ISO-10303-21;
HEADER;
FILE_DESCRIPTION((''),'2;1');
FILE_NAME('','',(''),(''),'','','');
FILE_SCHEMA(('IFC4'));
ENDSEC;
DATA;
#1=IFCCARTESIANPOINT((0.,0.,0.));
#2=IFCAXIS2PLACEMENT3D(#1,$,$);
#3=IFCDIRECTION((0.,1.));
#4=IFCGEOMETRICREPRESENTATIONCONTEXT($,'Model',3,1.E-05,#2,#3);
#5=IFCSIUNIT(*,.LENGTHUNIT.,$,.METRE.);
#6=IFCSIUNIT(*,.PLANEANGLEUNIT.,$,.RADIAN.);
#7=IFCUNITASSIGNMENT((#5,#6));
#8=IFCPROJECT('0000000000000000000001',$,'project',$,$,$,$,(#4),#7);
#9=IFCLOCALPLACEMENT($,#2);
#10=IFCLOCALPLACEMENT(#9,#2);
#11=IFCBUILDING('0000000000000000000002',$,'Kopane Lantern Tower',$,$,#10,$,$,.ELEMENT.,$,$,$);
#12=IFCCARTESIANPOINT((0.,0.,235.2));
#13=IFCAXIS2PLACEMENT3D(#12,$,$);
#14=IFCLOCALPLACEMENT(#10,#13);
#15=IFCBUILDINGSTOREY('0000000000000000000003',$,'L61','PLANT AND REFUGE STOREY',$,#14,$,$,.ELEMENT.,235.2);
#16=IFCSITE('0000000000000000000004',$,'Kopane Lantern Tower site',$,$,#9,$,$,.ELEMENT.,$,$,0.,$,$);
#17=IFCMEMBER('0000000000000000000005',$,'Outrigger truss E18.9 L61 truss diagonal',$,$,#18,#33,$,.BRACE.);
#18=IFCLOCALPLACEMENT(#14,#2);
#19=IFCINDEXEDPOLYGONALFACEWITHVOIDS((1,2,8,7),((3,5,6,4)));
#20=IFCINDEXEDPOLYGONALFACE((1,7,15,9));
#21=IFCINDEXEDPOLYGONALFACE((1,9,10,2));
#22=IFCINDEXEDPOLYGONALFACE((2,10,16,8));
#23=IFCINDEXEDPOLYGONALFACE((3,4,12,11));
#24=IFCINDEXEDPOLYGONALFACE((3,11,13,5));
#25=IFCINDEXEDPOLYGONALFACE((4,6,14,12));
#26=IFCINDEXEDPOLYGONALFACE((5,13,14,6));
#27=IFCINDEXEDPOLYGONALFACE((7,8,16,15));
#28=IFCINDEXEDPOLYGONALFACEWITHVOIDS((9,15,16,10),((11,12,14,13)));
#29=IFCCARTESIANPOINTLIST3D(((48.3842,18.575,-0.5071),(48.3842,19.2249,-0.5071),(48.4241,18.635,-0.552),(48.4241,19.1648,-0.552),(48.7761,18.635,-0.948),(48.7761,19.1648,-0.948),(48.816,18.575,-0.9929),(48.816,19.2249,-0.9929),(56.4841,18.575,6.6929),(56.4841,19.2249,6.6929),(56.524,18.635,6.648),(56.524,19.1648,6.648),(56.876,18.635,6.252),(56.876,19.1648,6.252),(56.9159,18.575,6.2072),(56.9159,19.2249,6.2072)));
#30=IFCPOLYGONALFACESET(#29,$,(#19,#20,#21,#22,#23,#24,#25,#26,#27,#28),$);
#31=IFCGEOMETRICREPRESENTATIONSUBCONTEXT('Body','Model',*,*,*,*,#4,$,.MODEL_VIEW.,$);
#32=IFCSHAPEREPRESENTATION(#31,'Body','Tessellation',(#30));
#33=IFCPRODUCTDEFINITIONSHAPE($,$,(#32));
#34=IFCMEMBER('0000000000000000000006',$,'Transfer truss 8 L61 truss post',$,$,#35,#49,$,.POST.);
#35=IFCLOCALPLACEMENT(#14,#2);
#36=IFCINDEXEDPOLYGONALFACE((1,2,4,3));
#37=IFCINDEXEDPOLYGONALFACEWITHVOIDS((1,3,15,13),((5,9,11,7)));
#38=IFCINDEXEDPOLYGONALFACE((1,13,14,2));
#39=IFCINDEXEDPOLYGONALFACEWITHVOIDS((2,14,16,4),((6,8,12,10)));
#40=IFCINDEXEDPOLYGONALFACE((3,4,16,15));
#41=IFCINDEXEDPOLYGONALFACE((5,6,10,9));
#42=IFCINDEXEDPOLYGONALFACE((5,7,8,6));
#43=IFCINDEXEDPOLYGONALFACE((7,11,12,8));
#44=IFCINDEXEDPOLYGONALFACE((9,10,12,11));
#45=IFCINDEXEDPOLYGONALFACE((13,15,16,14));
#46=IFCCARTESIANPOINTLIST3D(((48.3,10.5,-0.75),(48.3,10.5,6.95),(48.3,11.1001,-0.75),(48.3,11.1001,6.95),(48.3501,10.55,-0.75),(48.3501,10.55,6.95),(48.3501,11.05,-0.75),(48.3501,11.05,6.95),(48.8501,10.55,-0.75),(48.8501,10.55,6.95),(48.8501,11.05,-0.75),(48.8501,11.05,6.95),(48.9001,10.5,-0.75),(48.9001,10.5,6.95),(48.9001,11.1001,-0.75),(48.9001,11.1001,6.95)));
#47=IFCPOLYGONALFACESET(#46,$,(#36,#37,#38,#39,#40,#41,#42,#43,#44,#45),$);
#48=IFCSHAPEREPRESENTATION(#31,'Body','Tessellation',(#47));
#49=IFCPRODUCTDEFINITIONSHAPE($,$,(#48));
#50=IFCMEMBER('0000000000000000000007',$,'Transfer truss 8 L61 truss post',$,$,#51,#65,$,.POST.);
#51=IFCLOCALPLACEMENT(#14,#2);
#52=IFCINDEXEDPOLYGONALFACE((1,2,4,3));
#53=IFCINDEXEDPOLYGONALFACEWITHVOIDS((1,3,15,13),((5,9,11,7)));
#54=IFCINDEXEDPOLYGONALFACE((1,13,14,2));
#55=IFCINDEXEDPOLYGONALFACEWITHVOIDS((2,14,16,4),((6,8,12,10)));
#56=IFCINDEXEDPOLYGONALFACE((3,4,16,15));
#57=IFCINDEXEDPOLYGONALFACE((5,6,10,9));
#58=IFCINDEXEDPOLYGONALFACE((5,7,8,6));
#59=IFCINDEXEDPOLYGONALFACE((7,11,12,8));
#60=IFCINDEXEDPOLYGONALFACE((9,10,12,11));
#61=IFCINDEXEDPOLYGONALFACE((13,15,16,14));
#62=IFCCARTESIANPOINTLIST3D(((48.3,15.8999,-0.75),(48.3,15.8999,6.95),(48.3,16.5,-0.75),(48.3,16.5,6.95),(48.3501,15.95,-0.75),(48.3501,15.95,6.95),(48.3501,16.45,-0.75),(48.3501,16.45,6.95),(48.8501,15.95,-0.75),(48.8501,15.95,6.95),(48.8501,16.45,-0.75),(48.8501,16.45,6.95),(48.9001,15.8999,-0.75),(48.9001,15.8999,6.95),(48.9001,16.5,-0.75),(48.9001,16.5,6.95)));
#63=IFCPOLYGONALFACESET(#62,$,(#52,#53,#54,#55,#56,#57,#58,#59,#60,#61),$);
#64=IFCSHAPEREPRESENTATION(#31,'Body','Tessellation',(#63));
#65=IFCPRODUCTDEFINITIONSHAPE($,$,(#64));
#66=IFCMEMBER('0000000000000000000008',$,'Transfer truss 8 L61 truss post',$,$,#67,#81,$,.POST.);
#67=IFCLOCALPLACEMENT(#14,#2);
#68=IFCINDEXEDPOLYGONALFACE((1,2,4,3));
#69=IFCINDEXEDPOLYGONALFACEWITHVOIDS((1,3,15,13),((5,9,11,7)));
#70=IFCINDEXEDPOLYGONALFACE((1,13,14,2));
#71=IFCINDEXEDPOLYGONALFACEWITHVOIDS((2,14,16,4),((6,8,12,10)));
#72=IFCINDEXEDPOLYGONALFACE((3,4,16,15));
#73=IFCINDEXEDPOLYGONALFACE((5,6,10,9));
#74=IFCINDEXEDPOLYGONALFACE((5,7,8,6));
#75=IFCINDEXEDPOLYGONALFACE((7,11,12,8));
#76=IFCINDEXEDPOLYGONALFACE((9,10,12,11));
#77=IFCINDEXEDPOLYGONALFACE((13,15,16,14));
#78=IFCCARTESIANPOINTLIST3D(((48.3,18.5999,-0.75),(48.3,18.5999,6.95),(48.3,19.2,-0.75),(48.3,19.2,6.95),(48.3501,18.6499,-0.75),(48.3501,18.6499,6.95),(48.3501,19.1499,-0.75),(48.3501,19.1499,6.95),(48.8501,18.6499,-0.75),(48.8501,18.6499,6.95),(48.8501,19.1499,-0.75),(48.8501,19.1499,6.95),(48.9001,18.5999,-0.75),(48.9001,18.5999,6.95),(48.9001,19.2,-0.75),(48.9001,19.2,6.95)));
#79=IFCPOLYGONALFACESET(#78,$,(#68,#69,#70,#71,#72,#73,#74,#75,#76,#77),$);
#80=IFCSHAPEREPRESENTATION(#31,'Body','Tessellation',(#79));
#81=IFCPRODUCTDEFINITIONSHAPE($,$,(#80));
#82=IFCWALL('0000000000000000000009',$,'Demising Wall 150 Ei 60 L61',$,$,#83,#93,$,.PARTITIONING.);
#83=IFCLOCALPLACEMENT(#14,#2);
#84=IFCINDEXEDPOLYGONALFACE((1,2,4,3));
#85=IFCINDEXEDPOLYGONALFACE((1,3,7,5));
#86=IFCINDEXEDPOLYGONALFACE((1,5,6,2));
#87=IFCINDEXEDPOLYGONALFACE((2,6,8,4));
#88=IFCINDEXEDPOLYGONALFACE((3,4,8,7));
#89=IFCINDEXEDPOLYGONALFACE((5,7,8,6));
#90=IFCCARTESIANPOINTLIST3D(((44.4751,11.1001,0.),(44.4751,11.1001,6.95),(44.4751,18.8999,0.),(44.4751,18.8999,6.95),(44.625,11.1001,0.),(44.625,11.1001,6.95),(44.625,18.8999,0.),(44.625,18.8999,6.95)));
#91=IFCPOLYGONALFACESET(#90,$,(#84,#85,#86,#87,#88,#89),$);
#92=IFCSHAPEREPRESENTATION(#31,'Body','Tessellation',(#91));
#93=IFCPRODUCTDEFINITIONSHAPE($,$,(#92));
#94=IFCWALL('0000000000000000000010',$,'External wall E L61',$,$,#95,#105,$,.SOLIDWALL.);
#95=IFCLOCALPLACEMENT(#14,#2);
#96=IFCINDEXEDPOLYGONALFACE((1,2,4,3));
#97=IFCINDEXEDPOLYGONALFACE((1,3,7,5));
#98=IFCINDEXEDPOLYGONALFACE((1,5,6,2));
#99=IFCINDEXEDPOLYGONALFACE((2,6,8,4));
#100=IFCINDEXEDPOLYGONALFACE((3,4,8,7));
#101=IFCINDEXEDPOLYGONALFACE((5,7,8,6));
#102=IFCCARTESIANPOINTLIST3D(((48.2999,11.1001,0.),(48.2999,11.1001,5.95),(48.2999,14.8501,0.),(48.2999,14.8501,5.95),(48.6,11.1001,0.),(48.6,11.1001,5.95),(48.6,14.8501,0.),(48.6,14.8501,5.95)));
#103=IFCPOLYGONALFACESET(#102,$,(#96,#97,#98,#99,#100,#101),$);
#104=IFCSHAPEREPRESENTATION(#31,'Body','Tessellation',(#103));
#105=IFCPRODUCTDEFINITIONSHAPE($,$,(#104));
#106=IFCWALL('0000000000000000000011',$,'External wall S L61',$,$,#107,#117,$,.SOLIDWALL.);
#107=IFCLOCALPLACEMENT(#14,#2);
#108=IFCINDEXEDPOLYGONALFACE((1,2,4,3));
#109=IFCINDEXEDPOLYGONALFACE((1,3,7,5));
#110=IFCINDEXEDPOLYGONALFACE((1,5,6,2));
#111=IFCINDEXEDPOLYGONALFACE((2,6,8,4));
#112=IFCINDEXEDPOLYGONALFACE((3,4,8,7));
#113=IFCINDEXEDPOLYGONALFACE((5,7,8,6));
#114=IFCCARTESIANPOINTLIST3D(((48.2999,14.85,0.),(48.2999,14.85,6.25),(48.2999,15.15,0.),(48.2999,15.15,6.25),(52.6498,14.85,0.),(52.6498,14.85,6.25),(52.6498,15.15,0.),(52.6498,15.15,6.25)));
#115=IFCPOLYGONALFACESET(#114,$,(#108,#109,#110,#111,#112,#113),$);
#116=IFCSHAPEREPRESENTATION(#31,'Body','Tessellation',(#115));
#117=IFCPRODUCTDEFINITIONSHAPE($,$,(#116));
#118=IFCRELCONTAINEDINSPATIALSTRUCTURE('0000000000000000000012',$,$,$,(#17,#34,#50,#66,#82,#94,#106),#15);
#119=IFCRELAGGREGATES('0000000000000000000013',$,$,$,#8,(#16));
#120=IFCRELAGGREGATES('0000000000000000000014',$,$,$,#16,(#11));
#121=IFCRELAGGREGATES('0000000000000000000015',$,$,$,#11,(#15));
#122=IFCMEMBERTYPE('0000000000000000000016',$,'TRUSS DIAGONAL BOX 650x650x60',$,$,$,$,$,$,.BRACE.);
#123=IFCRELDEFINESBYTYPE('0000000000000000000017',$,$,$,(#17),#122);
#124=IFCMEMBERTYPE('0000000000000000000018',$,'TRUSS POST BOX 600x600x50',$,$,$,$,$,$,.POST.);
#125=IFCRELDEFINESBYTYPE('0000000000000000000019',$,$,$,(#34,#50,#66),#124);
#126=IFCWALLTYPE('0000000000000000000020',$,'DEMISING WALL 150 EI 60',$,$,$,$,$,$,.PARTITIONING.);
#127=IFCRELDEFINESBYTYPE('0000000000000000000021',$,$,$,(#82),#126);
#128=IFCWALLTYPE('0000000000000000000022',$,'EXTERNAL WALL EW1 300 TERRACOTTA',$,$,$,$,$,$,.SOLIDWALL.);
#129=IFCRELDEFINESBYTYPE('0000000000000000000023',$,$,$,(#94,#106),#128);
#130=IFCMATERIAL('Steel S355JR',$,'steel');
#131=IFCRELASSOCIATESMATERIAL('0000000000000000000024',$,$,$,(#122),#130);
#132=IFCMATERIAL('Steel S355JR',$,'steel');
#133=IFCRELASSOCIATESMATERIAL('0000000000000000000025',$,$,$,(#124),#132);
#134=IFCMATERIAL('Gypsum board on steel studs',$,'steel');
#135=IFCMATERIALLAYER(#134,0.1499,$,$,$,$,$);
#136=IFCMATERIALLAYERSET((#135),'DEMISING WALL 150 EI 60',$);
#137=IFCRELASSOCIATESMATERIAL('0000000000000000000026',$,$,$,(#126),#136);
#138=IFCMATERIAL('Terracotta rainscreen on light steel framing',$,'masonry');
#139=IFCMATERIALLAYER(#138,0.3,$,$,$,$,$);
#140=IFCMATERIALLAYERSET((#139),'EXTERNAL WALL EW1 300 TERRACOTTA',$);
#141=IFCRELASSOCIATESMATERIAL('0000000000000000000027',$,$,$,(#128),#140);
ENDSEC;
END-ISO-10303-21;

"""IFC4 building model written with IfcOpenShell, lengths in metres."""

from ifc_helpers import new_model, si_unit, direction, frame, frame_2d, origin, origin_2d, place, context, subcontext, project, spatial, rectangle, hollow_rectangle, extrude, material, layer, layer_set, material_profile, profile_set, type_object, element, save


model = new_model("IFC4")

# Units and contexts
model_context = context("Model", 3, precision=1e-05, world=origin(), true_north=direction((0.0, 1.0)))
body_context = subcontext(model_context, "Body", "Model", "MODEL_VIEW")
ifc_project = project(units=[si_unit("LENGTHUNIT", "METRE"), si_unit("PLANEANGLEUNIT", "RADIAN")], contexts=[model_context])

# Site, building, storey
site_placement = place(None, origin())
site = spatial("IfcSite", under=ifc_project, at=site_placement, Name="Kopane Lantern Tower site", CompositionType="ELEMENT", RefElevation=0.0)
building_placement = place(site_placement, origin())
building = spatial("IfcBuilding", under=site, at=building_placement, Name="Kopane Lantern Tower", CompositionType="ELEMENT")
storey_placement = place(building_placement, frame((0.0, 0.0, 235.2)))
storey = spatial("IfcBuildingStorey", under=building, at=storey_placement, Name="L61", Description="PLANT AND REFUGE STOREY", CompositionType="ELEMENT", Elevation=235.2)

# Members
ifc_material_1 = material(Name="Steel S355JR", Category="steel")
ifc_material_profile_1 = material_profile(ifc_material_1, hollow_rectangle(XDim=0.6499, YDim=0.6499, WallThickness=0.0601, at=origin_2d()), Name="BOX 650x650x60")
ifc_profile_set_1 = profile_set([ifc_material_profile_1], Name="Steel S355JR")
member_type_1 = type_object("IfcMemberType", Name="TRUSS DIAGONAL BOX 650x650x60", PredefinedType="BRACE", material=ifc_profile_set_1)
for number, where, z_axis, x_axis, name in (
    (1, (48.6001, 18.8999, -0.75), (0.747406, 0.0, 0.664368), (0.0, 1.0, 0.0), "Outrigger truss E18.9 L61 truss diagonal"),
):
    element("IfcMember", number, at=place(storey_placement, frame(where, z_axis=z_axis, x_axis=x_axis)), inside=storey, type_object=member_type_1, Name=name, PredefinedType="BRACE", context=body_context, shape_type="SweptSolid", body=[
        extrude(hollow_rectangle(XDim=0.6499, YDim=0.6499, WallThickness=0.0601, at=origin_2d()), origin(), (0.0, 0.0, 1.0), 10.8374),
    ])
ifc_material_2 = material(Name="Steel S355JR", Category="steel")
ifc_material_profile_2 = material_profile(ifc_material_2, hollow_rectangle(XDim=0.6001, YDim=0.6001, WallThickness=0.05, at=origin_2d()), Name="BOX 600x600x50")
ifc_profile_set_2 = profile_set([ifc_material_profile_2], Name="Steel S355JR")
member_type_2 = type_object("IfcMemberType", Name="TRUSS POST BOX 600x600x50", PredefinedType="POST", material=ifc_profile_set_2)
for number, where, z_axis, x_axis, name in (
    (2, (48.6001, 10.8, -0.75), (0.0, 0.0, 1.0), (1.0, 0.0, 0.0), "Transfer truss 8 L61 truss post"),
    (3, (48.6001, 16.2, -0.75), (0.0, 0.0, 1.0), (1.0, 0.0, 0.0), "Transfer truss 8 L61 truss post"),
    (4, (48.6001, 18.8999, -0.75), (0.0, 0.0, 1.0), (1.0, 0.0, 0.0), "Transfer truss 8 L61 truss post"),
):
    element("IfcMember", number, at=place(storey_placement, frame(where, z_axis=z_axis, x_axis=x_axis)), inside=storey, type_object=member_type_2, Name=name, PredefinedType="POST", context=body_context, shape_type="SweptSolid", body=[
        extrude(hollow_rectangle(XDim=0.6001, YDim=0.6001, WallThickness=0.05, at=origin_2d()), origin(), (0.0, 0.0, 1.0), 7.7),
    ])

# Walls
ifc_material_3 = material(Name="Gypsum board on steel studs", Category="steel")
ifc_layer_1 = layer(ifc_material_3, 0.1499)
ifc_layer_set_1 = layer_set([ifc_layer_1], Name="DEMISING WALL 150 EI 60")
wall_type_1 = type_object("IfcWallType", Name="DEMISING WALL 150 EI 60", PredefinedType="PARTITIONING", material=ifc_layer_set_1)
wall_1_placement = place(storey_placement, frame((44.55, 18.8999, 0.0), z_axis=(0.0, 0.0, 1.0), x_axis=(0.0, -1.0, 0.0)))
element("IfcWall", 5, at=wall_1_placement, inside=storey, type_object=wall_type_1, Name="Demising Wall 150 Ei 60 L61", PredefinedType="PARTITIONING", context=body_context, shape_type="SweptSolid", body=[
    extrude(rectangle(XDim=7.7998, YDim=0.1499, at=frame_2d((3.8999, 0.0))), origin(), (0.0, 0.0, 1.0), 6.95),
])
ifc_material_4 = material(Name="Terracotta rainscreen on light steel framing", Category="masonry")
ifc_layer_2 = layer(ifc_material_4, 0.3)
ifc_layer_set_2 = layer_set([ifc_layer_2], Name="EXTERNAL WALL EW1 300 TERRACOTTA")
wall_type_2 = type_object("IfcWallType", Name="EXTERNAL WALL EW1 300 TERRACOTTA", PredefinedType="SOLIDWALL", material=ifc_layer_set_2)
wall_2_placement = place(storey_placement, frame((48.45, 11.1001, 0.0), z_axis=(0.0, 0.0, 1.0), x_axis=(0.0, 1.0, 0.0)))
element("IfcWall", 6, at=wall_2_placement, inside=storey, type_object=wall_type_2, Name="External wall E L61", PredefinedType="SOLIDWALL", context=body_context, shape_type="SweptSolid", body=[
    extrude(rectangle(XDim=3.75, YDim=0.3, at=frame_2d((1.875, 0.0))), origin(), (0.0, 0.0, 1.0), 5.95),
])
wall_3_placement = place(storey_placement, frame((48.3, 15.0, 0.0), z_axis=(0.0, 0.0, 1.0), x_axis=(1.0, 0.0, 0.0)))
element("IfcWall", 7, at=wall_3_placement, inside=storey, type_object=wall_type_2, Name="External wall S L61", PredefinedType="SOLIDWALL", context=body_context, shape_type="SweptSolid", body=[
    extrude(rectangle(XDim=4.3499, YDim=0.3, at=frame_2d((2.1748, 0.0))), origin(), (0.0, 0.0, 1.0), 6.25),
])

save(model, "model.ifc")
